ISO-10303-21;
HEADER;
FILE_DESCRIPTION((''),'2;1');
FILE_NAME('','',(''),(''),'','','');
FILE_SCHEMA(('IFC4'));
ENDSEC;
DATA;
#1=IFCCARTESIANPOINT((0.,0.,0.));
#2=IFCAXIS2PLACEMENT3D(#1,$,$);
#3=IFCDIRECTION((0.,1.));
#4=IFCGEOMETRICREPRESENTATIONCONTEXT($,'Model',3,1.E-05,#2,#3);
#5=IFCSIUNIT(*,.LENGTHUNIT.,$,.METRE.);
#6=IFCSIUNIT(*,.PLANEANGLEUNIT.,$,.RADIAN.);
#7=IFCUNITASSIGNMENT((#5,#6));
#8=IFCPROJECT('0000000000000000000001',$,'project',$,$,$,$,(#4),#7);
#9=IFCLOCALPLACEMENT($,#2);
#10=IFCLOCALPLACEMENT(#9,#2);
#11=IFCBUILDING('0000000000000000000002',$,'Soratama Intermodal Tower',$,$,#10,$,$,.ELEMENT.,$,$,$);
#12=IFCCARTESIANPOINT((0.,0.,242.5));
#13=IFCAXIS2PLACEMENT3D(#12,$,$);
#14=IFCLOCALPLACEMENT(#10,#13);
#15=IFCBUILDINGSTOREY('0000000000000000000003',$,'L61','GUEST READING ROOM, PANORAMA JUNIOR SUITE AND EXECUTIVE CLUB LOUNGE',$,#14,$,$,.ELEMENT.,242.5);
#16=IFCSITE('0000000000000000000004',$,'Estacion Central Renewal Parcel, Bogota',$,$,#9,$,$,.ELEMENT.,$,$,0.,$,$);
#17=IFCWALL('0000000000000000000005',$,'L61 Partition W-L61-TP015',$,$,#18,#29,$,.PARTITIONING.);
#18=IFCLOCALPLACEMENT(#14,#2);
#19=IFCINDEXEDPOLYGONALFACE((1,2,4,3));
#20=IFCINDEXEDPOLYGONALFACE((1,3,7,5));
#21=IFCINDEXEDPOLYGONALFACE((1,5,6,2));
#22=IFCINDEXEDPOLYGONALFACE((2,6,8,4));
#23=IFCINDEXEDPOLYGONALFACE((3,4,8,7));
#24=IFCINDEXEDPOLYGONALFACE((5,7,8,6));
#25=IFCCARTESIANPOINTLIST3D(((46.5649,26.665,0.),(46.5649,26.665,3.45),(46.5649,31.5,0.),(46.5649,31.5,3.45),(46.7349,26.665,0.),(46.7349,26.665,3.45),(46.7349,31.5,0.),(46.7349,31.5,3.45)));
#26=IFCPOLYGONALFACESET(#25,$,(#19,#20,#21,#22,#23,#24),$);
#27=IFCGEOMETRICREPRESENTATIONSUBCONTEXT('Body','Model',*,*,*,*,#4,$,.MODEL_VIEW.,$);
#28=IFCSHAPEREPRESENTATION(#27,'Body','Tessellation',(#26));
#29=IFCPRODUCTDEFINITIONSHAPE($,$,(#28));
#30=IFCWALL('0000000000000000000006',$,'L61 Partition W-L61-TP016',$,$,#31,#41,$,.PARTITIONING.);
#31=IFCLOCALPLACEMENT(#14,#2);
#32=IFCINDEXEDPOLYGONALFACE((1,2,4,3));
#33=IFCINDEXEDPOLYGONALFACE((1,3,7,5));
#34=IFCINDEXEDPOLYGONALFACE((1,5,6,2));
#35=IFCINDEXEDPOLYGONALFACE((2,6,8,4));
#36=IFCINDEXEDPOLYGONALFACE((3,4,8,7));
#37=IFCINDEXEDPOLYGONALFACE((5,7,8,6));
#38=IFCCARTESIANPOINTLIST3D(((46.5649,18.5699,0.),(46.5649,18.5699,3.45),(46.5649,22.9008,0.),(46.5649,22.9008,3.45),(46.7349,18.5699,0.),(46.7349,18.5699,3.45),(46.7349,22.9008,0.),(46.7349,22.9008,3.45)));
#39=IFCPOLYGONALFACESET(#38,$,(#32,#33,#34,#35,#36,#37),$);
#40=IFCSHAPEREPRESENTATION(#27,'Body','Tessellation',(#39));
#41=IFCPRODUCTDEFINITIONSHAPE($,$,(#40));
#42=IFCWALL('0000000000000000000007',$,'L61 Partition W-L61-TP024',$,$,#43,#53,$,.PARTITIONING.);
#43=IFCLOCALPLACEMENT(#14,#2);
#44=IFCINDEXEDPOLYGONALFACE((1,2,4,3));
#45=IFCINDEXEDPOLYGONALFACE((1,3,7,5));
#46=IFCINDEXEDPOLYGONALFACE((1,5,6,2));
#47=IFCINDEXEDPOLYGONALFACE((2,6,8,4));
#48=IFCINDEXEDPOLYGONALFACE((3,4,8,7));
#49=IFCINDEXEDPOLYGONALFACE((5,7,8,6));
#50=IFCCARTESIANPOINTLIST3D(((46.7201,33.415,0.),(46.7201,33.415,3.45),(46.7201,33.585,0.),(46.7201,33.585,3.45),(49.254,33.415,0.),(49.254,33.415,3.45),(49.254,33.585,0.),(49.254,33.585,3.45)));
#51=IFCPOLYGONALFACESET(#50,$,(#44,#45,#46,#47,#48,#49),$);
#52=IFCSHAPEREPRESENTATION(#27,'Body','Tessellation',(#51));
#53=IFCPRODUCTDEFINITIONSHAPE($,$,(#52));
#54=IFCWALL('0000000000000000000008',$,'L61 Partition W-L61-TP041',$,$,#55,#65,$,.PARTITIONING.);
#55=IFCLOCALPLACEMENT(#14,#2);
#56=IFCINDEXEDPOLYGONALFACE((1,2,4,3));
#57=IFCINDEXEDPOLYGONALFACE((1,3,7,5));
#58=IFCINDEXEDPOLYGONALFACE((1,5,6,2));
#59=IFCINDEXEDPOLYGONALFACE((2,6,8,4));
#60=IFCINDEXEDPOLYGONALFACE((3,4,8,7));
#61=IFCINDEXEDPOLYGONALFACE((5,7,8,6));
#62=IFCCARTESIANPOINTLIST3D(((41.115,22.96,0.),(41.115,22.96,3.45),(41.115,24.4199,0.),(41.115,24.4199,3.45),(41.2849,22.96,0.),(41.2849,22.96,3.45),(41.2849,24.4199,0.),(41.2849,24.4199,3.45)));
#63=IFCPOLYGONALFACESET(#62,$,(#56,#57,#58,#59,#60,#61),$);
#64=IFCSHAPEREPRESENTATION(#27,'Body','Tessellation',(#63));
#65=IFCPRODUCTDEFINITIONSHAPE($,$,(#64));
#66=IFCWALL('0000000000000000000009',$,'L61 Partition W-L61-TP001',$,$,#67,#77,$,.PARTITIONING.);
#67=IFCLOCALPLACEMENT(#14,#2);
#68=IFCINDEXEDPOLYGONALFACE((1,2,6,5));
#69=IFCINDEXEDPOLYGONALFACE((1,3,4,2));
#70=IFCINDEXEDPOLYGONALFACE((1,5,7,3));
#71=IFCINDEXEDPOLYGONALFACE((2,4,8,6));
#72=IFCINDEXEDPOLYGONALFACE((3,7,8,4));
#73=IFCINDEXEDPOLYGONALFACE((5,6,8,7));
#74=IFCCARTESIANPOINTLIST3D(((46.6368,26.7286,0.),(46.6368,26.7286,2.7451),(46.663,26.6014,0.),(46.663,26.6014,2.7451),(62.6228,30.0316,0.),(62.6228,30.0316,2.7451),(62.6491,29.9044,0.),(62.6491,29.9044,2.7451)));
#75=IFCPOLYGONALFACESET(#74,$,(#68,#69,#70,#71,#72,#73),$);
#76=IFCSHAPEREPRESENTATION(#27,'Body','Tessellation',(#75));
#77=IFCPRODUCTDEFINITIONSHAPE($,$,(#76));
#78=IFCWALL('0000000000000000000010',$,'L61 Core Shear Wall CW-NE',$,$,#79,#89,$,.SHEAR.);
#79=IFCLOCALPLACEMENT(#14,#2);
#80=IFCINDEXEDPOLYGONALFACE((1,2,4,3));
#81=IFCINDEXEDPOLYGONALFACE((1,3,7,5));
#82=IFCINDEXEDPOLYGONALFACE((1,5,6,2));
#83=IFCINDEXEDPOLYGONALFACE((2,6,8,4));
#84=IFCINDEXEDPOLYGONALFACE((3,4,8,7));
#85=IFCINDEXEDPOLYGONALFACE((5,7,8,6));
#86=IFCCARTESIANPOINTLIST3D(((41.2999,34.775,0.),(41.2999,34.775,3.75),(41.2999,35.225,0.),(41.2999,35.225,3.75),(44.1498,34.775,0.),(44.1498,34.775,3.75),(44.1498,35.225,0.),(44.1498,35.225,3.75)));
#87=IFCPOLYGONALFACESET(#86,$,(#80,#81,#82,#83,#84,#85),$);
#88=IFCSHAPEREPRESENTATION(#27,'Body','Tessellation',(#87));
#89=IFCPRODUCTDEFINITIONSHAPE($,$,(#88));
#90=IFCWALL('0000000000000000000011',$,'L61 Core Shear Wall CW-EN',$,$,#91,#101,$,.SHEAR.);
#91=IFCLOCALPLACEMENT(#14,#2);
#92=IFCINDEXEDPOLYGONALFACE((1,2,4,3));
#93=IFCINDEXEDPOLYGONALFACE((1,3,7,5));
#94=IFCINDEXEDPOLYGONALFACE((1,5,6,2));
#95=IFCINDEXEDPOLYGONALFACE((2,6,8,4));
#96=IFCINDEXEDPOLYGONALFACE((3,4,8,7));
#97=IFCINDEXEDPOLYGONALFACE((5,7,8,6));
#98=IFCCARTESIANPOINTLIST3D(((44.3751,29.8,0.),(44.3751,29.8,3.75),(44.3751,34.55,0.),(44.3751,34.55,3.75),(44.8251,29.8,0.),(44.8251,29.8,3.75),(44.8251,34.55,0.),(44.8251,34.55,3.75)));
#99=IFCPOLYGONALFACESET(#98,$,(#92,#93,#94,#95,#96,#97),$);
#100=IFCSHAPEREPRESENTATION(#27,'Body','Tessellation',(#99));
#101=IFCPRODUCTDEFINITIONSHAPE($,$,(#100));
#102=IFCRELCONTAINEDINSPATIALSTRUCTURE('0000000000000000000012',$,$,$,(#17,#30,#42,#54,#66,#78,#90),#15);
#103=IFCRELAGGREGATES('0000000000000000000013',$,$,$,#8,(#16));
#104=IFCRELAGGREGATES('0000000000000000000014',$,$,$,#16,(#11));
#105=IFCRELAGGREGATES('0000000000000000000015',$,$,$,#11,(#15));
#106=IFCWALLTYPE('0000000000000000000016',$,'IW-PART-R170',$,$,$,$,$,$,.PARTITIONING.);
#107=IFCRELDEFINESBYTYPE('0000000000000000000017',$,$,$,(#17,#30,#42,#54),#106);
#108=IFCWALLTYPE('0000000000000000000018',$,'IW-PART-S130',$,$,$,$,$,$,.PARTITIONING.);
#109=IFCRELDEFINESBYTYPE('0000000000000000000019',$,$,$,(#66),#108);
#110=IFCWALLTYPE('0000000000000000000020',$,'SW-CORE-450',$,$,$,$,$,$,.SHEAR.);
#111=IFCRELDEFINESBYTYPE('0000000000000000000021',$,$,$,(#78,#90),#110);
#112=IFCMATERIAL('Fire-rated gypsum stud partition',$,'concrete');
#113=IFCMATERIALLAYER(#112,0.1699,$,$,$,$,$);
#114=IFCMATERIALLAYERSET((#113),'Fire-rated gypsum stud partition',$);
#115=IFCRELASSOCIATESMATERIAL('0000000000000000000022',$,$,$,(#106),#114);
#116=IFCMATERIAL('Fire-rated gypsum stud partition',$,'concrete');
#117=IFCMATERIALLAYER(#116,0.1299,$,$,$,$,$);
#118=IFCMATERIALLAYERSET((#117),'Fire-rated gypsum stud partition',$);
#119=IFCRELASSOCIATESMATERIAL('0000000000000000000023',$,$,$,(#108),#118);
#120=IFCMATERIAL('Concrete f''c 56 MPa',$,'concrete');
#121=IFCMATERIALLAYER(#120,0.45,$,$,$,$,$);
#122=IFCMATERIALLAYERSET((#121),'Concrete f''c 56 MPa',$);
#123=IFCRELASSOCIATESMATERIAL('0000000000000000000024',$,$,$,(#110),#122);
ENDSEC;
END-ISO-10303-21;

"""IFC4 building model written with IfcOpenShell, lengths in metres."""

from ifc_helpers import new_model, si_unit, direction, frame, frame_2d, origin, place, context, subcontext, project, spatial, rectangle, extrude, material, layer, layer_set, type_object, element, save


model = new_model("IFC4")

# Units and contexts
model_context = context("Model", 3, precision=1e-05, world=origin(), true_north=direction((0.0, 1.0)))
body_context = subcontext(model_context, "Body", "Model", "MODEL_VIEW")
ifc_project = project(units=[si_unit("LENGTHUNIT", "METRE"), si_unit("PLANEANGLEUNIT", "RADIAN")], contexts=[model_context])

# Site, building, storey
site_placement = place(None, origin())
site = spatial("IfcSite", under=ifc_project, at=site_placement, Name="Estacion Central Renewal Parcel, Bogota", CompositionType="ELEMENT", RefElevation=0.0)
building_placement = place(site_placement, origin())
building = spatial("IfcBuilding", under=site, at=building_placement, Name="Soratama Intermodal Tower", CompositionType="ELEMENT")
storey_placement = place(building_placement, frame((0.0, 0.0, 242.5)))
storey = spatial("IfcBuildingStorey", under=building, at=storey_placement, Name="L61", Description="GUEST READING ROOM, PANORAMA JUNIOR SUITE AND EXECUTIVE CLUB LOUNGE", CompositionType="ELEMENT", Elevation=242.5)

# Shared definitions
ifc_material_1 = material(Name="Fire-rated gypsum stud partition", Category="concrete")
ifc_layer_1 = layer(ifc_material_1, 0.1699)
ifc_layer_set_1 = layer_set([ifc_layer_1], Name="Fire-rated gypsum stud partition")
wall_type_1 = type_object("IfcWallType", Name="IW-PART-R170", PredefinedType="PARTITIONING", material=ifc_layer_set_1)

# Walls
wall_1_placement = place(storey_placement, frame((46.6499, 31.5, 0.0), z_axis=(0.0, 0.0, 1.0), x_axis=(0.0, -1.0, 0.0)))
element("IfcWall", 1, at=wall_1_placement, inside=storey, type_object=wall_type_1, Name="L61 Partition W-L61-TP015", PredefinedType="PARTITIONING", context=body_context, shape_type="SweptSolid", body=[
    extrude(rectangle(XDim=4.835, YDim=0.1699, at=frame_2d((2.4175, 0.0))), origin(), (0.0, 0.0, 1.0), 3.45),
])
wall_2_placement = place(storey_placement, frame((46.6499, 22.9009, 0.0), z_axis=(0.0, 0.0, 1.0), x_axis=(0.0, -1.0, 0.0)))
element("IfcWall", 2, at=wall_2_placement, inside=storey, type_object=wall_type_1, Name="L61 Partition W-L61-TP016", PredefinedType="PARTITIONING", context=body_context, shape_type="SweptSolid", body=[
    extrude(rectangle(XDim=4.3308, YDim=0.1699, at=frame_2d((2.1655, 0.0))), origin(), (0.0, 0.0, 1.0), 3.45),
])
wall_3_placement = place(storey_placement, frame((46.72, 33.5, 0.0), z_axis=(0.0, 0.0, 1.0), x_axis=(1.0, 0.0, 0.0)))
element("IfcWall", 3, at=wall_3_placement, inside=storey, type_object=wall_type_1, Name="L61 Partition W-L61-TP024", PredefinedType="PARTITIONING", context=body_context, shape_type="SweptSolid", body=[
    extrude(rectangle(XDim=2.5339, YDim=0.1699, at=frame_2d((1.2671, 0.0))), origin(), (0.0, 0.0, 1.0), 3.45),
])

# Walls
wall_4_placement = place(storey_placement, frame((41.2, 22.96, 0.0), z_axis=(0.0, 0.0, 1.0), x_axis=(0.0, 1.0, 0.0)))
element("IfcWall", 4, at=wall_4_placement, inside=storey, type_object=wall_type_1, Name="L61 Partition W-L61-TP041", PredefinedType="PARTITIONING", context=body_context, shape_type="SweptSolid", body=[
    extrude(rectangle(XDim=1.46, YDim=0.1699, at=frame_2d((0.73, 0.0))), origin(), (0.0, 0.0, 1.0), 3.45),
])
ifc_material_2 = material(Name="Fire-rated gypsum stud partition", Category="concrete")
ifc_layer_2 = layer(ifc_material_2, 0.1299)
ifc_layer_set_2 = layer_set([ifc_layer_2], Name="Fire-rated gypsum stud partition")
wall_type_2 = type_object("IfcWallType", Name="IW-PART-S130", PredefinedType="PARTITIONING", material=ifc_layer_set_2)
wall_5_placement = place(storey_placement, frame((46.6499, 26.665, 0.0), z_axis=(0.0, 0.0, 1.0), x_axis=(0.979315, 0.202342, 0.0)))
element("IfcWall", 5, at=wall_5_placement, inside=storey, type_object=wall_type_2, Name="L61 Partition W-L61-TP001", PredefinedType="PARTITIONING", context=body_context, shape_type="SweptSolid", body=[
    extrude(rectangle(XDim=16.3237, YDim=0.1299, at=frame_2d((8.1619, 0.0))), origin(), (0.0, 0.0, 1.0), 2.7451),
])
ifc_material_3 = material(Name="Concrete f'c 56 MPa", Category="concrete")
ifc_layer_3 = layer(ifc_material_3, 0.45)
ifc_layer_set_3 = layer_set([ifc_layer_3], Name="Concrete f'c 56 MPa")
wall_type_3 = type_object("IfcWallType", Name="SW-CORE-450", PredefinedType="SHEAR", material=ifc_layer_set_3)
wall_6_placement = place(storey_placement, frame((41.3, 35.0, 0.0), z_axis=(0.0, 0.0, 1.0), x_axis=(1.0, 0.0, 0.0)))
element("IfcWall", 6, at=wall_6_placement, inside=storey, type_object=wall_type_3, Name="L61 Core Shear Wall CW-NE", PredefinedType="SHEAR", context=body_context, shape_type="SweptSolid", body=[
    extrude(rectangle(XDim=2.8499, YDim=0.45, at=frame_2d((1.4248, 0.0))), origin(), (0.0, 0.0, 1.0), 3.75),
])
wall_7_placement = place(storey_placement, frame((44.6001, 29.8, 0.0), z_axis=(0.0, 0.0, 1.0), x_axis=(0.0, 1.0, 0.0)))
element("IfcWall", 7, at=wall_7_placement, inside=storey, type_object=wall_type_3, Name="L61 Core Shear Wall CW-EN", PredefinedType="SHEAR", context=body_context, shape_type="SweptSolid", body=[
    extrude(rectangle(XDim=4.75, YDim=0.45, at=frame_2d((2.375, 0.0))), origin(), (0.0, 0.0, 1.0), 3.75),
])

save(model, "model.ifc")
